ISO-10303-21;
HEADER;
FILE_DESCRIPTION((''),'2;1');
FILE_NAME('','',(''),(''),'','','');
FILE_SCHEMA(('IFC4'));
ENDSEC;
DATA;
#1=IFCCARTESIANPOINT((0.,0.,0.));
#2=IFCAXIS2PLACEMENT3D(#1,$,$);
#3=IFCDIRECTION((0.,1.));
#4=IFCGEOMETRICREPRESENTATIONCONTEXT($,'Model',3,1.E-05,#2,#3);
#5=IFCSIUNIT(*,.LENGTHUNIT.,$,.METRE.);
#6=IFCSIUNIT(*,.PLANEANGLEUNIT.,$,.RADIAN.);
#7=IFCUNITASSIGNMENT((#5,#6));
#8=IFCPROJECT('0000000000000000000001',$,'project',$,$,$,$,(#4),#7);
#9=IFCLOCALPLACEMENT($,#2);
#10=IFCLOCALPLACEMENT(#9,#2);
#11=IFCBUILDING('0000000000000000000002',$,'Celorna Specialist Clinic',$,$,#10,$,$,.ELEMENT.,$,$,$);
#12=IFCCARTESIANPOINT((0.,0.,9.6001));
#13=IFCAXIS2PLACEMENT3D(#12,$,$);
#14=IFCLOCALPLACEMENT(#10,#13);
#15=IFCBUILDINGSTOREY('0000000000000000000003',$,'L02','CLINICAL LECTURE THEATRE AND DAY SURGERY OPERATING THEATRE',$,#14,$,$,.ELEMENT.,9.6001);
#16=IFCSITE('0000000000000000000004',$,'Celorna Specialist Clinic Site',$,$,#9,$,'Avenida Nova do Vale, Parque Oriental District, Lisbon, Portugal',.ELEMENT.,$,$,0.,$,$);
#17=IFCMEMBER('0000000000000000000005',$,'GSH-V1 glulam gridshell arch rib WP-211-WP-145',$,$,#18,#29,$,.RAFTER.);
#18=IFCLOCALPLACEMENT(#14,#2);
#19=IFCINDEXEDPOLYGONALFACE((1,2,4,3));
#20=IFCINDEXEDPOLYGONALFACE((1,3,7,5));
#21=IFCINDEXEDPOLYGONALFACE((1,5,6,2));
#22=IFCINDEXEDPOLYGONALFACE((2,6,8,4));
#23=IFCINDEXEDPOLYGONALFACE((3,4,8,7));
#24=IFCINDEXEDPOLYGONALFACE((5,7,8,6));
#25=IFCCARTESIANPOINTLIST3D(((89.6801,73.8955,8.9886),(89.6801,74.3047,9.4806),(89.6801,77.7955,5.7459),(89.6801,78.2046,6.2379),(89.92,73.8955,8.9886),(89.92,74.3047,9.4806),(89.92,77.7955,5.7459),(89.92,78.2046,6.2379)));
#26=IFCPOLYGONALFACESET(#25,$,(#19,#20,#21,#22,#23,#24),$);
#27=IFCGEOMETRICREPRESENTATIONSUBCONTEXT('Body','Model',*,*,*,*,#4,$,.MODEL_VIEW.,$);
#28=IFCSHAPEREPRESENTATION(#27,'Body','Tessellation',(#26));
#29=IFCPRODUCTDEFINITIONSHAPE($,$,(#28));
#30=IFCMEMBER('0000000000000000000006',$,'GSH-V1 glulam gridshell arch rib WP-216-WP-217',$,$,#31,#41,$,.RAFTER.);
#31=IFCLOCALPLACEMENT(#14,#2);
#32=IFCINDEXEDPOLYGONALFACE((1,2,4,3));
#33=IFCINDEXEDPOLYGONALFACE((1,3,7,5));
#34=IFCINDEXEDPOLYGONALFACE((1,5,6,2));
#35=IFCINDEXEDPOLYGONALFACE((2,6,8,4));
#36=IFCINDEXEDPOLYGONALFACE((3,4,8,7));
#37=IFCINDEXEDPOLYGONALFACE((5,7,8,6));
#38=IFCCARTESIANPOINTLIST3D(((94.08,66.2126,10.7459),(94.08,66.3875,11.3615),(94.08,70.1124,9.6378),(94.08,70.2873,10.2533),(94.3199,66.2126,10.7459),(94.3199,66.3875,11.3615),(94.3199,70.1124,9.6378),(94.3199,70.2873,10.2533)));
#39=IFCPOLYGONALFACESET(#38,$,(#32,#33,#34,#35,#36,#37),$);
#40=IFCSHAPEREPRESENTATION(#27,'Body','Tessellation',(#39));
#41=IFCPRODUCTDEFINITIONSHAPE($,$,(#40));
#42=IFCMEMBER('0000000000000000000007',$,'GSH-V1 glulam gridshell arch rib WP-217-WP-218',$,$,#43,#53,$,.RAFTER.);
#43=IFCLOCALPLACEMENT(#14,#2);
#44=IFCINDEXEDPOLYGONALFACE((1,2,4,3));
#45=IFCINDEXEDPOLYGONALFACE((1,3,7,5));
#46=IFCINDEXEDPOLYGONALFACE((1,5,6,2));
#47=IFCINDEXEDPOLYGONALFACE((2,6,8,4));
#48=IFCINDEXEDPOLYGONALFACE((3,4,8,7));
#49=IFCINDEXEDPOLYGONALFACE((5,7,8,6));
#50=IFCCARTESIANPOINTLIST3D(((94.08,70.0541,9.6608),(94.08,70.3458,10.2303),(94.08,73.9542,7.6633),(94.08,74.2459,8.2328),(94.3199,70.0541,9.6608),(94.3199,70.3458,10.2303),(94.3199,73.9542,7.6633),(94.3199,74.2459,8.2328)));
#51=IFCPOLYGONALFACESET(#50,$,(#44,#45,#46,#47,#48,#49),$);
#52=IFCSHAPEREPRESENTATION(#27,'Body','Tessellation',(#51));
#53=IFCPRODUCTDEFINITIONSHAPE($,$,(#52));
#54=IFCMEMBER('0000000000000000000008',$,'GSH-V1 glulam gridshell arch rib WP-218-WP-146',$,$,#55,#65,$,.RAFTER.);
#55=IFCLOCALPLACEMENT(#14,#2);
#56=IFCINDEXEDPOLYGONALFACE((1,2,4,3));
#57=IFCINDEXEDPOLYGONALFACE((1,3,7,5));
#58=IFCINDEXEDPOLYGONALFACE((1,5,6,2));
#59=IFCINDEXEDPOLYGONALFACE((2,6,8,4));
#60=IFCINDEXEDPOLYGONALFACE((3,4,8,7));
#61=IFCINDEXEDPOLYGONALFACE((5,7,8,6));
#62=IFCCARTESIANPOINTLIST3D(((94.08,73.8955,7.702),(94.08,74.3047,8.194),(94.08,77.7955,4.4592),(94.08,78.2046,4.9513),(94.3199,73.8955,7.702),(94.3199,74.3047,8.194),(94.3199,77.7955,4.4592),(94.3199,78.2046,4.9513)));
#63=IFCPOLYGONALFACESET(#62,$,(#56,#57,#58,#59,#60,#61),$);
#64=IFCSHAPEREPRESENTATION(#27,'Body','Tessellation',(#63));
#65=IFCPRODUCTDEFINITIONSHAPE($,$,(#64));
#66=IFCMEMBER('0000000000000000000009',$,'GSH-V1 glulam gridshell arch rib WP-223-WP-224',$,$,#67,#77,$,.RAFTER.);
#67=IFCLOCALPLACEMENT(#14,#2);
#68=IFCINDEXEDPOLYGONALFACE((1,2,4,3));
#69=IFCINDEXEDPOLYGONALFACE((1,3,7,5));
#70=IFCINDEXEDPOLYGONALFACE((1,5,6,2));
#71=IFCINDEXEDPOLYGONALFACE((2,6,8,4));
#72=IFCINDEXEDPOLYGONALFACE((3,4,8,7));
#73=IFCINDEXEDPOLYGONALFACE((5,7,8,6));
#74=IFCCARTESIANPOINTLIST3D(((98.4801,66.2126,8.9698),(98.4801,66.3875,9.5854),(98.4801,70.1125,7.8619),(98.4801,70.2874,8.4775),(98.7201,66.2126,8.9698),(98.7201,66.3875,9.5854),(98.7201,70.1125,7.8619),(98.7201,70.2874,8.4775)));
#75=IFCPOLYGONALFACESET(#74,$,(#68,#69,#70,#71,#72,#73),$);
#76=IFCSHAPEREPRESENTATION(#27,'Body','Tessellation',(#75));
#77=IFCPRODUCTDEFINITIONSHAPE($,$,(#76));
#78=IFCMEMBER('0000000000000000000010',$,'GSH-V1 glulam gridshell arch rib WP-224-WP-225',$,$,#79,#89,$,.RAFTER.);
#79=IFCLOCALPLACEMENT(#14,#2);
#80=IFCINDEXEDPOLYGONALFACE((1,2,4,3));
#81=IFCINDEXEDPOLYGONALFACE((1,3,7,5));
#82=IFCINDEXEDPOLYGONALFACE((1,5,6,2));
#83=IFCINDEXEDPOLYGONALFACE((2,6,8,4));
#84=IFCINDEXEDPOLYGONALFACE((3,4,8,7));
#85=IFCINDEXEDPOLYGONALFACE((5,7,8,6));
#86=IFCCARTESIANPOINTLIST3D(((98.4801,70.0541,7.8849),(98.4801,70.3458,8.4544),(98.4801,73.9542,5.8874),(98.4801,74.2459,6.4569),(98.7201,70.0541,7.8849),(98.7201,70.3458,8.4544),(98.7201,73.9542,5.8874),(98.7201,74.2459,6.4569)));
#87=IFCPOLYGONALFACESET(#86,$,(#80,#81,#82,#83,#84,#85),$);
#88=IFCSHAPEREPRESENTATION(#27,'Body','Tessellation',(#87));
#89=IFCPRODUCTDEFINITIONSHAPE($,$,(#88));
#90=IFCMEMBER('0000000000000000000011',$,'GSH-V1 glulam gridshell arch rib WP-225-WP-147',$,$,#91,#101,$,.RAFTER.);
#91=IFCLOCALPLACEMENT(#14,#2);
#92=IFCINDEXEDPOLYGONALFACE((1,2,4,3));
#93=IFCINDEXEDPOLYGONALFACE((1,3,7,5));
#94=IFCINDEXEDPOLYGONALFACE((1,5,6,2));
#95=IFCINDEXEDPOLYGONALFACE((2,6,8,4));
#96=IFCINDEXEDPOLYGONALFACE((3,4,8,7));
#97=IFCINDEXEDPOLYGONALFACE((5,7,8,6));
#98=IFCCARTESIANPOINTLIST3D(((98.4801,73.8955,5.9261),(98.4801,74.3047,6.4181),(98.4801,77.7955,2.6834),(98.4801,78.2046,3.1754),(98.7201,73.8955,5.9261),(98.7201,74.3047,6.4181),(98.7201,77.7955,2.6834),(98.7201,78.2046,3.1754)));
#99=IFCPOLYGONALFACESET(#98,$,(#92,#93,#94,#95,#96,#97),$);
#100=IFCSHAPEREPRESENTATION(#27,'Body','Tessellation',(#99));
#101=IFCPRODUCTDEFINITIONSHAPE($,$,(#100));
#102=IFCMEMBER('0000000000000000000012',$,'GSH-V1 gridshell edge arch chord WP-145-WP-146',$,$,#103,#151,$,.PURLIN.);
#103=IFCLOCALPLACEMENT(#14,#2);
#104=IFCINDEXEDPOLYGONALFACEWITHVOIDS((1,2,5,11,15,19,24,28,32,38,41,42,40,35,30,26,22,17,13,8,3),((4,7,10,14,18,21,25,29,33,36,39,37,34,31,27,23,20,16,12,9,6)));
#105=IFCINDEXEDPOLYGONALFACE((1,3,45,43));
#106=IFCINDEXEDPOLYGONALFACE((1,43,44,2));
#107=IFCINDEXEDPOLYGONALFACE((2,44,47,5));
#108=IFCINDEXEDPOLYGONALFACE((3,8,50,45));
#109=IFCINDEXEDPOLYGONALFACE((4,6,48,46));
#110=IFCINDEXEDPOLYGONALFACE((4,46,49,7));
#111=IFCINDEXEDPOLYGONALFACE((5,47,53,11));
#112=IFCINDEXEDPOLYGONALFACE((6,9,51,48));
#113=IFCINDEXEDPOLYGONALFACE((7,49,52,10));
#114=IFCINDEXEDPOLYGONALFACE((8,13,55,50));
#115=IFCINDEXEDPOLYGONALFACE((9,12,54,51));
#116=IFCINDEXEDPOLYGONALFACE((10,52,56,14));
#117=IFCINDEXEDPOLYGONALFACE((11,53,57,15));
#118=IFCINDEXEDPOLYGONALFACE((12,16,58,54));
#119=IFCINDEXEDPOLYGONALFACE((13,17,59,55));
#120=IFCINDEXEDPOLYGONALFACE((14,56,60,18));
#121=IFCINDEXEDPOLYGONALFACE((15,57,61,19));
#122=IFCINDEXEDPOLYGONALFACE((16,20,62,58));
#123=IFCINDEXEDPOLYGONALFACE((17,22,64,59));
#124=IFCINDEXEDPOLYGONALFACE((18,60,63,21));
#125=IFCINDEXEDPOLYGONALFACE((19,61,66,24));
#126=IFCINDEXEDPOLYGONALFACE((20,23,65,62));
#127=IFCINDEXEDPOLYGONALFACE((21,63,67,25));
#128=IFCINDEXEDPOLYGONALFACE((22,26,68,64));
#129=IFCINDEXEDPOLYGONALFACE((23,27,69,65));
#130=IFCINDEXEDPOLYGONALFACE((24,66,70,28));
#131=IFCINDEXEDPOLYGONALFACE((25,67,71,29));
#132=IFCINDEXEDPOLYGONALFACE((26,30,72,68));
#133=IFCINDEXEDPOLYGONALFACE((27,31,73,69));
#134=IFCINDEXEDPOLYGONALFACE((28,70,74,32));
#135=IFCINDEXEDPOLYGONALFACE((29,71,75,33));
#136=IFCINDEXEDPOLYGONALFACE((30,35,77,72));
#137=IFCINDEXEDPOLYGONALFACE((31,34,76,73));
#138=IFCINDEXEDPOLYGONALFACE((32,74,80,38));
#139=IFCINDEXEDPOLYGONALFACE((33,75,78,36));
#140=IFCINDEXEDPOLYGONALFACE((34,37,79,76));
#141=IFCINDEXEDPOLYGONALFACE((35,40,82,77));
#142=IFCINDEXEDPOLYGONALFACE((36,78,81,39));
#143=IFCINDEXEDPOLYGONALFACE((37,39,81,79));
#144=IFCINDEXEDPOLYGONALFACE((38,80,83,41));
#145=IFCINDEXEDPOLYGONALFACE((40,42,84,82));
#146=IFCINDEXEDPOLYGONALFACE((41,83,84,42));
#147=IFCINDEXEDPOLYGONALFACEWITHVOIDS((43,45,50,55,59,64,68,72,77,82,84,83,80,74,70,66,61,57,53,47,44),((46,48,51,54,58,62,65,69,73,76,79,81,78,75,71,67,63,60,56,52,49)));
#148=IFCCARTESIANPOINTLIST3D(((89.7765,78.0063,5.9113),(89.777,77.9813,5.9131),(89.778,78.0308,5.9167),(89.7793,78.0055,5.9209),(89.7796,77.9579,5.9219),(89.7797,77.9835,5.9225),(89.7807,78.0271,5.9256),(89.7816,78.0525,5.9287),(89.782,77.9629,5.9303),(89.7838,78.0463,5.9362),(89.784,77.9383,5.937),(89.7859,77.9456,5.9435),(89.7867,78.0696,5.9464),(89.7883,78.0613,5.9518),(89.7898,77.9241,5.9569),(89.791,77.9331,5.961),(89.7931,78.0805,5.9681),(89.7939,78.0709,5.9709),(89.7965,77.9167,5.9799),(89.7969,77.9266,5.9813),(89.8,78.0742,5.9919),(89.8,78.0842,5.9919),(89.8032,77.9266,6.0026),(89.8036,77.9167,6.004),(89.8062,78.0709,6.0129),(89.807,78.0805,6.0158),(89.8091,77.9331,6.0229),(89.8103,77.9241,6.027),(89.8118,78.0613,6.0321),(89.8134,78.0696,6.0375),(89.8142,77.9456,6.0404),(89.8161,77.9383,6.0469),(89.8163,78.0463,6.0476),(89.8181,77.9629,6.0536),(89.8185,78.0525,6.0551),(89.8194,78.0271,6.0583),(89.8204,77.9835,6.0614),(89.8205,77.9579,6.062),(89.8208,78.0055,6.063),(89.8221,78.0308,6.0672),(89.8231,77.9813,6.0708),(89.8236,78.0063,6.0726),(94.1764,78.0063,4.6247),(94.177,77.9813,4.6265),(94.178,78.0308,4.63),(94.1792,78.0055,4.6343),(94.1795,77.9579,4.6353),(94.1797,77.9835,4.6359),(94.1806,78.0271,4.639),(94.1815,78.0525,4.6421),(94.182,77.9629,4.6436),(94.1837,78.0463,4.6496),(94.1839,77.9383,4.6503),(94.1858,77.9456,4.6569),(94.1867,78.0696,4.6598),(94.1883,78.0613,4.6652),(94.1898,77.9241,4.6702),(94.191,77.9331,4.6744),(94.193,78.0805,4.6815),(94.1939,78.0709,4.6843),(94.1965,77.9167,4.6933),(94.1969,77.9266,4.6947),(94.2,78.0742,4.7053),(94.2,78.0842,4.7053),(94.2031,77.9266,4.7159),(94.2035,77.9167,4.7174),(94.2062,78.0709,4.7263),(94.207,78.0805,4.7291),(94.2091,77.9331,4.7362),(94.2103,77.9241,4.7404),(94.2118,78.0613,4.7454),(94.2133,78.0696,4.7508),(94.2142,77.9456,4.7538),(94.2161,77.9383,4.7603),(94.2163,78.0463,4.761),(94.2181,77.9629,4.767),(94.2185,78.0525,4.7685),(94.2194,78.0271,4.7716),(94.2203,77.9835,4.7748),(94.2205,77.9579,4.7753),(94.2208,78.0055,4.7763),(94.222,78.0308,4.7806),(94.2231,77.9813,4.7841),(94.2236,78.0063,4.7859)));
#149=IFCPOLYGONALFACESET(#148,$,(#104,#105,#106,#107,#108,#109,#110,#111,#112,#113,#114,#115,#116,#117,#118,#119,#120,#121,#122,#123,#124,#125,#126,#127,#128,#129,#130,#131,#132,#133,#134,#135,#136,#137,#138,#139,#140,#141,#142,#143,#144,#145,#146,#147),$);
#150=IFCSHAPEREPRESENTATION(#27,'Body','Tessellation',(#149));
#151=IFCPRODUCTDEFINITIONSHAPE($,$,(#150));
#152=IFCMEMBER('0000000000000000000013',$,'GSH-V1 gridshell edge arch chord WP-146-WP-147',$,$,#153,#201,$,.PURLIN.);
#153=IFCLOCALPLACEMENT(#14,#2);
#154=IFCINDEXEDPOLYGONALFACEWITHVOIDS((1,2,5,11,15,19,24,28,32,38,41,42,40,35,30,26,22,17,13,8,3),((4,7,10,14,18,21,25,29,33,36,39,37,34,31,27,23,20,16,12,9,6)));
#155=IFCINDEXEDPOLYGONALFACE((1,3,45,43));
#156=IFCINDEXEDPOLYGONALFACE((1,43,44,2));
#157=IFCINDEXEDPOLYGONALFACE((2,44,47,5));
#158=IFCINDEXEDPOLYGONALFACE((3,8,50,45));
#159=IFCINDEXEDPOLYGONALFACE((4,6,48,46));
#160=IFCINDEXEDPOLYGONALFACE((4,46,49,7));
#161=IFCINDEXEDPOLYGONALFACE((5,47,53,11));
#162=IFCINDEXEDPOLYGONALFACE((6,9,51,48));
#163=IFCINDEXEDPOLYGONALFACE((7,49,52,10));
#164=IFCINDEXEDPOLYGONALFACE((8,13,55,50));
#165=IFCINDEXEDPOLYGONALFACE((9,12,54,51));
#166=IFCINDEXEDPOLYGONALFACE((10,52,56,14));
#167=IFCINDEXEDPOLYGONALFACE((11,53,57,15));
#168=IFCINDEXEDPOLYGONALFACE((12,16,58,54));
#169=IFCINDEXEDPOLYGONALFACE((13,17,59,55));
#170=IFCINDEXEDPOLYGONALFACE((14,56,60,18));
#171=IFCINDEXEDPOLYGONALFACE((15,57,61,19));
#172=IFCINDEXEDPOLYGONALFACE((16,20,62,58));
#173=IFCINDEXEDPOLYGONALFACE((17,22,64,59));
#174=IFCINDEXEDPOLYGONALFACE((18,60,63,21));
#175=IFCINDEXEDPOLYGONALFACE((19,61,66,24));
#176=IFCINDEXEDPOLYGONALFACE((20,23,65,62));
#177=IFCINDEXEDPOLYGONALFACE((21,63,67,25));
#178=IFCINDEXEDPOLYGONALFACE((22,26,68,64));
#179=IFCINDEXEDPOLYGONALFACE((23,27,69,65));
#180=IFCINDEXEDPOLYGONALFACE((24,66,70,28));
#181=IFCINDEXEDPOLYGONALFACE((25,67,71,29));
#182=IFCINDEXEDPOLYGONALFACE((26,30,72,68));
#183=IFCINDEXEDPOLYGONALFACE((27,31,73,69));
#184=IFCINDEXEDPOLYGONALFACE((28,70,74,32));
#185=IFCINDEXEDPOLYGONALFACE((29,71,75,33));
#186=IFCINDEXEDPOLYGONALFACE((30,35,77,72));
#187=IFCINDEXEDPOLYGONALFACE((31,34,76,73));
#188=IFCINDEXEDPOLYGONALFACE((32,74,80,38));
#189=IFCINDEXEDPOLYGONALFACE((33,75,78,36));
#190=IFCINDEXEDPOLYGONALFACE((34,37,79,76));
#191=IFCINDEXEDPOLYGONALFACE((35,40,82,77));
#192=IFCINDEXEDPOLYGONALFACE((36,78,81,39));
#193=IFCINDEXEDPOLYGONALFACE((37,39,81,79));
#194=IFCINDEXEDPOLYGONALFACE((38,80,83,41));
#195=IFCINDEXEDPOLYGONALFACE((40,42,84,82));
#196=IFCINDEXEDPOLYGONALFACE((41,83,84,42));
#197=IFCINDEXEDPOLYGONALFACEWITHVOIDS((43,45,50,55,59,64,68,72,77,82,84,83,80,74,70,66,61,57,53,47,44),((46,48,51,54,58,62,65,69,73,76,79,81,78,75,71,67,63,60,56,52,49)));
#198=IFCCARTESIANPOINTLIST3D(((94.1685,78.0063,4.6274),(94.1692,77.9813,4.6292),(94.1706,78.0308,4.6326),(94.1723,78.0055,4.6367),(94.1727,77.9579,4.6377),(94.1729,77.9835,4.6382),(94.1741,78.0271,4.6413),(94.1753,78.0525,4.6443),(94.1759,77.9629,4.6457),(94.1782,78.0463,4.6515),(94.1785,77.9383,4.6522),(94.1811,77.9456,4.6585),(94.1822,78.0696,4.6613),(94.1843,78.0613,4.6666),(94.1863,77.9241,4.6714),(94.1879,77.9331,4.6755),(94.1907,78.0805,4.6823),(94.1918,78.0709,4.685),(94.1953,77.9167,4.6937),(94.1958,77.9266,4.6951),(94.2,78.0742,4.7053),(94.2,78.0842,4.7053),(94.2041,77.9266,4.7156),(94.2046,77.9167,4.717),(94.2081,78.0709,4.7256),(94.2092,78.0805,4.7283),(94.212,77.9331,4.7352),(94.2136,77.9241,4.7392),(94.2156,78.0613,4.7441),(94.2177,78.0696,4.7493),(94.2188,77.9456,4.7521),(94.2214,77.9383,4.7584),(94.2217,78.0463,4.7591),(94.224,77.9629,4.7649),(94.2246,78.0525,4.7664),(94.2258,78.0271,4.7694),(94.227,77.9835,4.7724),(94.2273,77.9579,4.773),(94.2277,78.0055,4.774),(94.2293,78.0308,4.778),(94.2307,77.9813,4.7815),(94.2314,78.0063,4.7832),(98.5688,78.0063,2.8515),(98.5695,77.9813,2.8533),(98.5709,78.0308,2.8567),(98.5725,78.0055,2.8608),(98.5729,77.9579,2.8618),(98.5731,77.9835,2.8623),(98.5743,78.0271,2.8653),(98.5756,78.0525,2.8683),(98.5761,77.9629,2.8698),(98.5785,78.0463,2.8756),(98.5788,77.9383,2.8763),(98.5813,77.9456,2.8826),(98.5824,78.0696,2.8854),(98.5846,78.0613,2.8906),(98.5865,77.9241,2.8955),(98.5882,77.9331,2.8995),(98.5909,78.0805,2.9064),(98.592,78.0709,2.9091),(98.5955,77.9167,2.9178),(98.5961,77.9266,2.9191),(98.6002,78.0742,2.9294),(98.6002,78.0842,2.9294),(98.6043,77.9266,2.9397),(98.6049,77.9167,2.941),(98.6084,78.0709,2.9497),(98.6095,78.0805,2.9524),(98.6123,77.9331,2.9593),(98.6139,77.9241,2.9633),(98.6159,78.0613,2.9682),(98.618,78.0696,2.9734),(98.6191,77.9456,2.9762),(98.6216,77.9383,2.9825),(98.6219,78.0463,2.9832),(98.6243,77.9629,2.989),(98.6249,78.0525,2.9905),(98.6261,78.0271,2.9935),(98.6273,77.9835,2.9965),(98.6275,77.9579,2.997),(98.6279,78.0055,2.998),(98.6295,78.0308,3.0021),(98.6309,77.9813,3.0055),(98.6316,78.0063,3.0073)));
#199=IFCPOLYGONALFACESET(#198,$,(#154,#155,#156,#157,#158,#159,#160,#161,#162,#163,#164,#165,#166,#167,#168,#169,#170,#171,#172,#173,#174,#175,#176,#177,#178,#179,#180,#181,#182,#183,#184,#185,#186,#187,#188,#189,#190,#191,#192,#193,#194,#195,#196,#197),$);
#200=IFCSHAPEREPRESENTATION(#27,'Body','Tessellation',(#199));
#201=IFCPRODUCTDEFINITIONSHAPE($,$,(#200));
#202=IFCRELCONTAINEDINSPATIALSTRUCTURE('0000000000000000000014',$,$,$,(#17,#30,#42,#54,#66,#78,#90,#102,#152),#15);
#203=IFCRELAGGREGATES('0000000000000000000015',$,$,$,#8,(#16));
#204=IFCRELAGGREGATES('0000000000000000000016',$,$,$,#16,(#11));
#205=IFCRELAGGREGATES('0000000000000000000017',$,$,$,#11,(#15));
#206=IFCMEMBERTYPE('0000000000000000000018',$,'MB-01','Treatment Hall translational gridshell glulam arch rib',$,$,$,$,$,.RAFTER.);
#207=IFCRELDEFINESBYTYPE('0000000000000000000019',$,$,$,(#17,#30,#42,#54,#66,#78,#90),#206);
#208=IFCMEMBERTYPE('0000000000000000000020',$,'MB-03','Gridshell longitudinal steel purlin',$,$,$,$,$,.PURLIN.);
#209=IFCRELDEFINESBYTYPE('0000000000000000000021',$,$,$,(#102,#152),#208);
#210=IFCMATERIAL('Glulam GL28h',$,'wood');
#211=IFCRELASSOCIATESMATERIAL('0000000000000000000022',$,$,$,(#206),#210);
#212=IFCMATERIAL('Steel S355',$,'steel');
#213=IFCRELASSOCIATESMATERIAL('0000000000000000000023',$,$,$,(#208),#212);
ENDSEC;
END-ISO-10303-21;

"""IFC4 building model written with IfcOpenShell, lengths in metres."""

from ifc_helpers import new_model, si_unit, direction, frame, origin, origin_2d, place, context, subcontext, project, spatial, rectangle, hollow_circle, extrude, material, material_profile, profile_set, type_object, element, save


model = new_model("IFC4")

# Units and contexts
model_context = context("Model", 3, precision=1e-05, world=origin(), true_north=direction((0.0, 1.0)))
body_context = subcontext(model_context, "Body", "Model", "MODEL_VIEW")
ifc_project = project(units=[si_unit("LENGTHUNIT", "METRE"), si_unit("PLANEANGLEUNIT", "RADIAN")], contexts=[model_context])

# Site, building, storey
site_placement = place(None, origin())
site = spatial("IfcSite", under=ifc_project, at=site_placement, Name="Celorna Specialist Clinic Site", LongName="Avenida Nova do Vale, Parque Oriental District, Lisbon, Portugal", CompositionType="ELEMENT", RefElevation=0.0)
building_placement = place(site_placement, origin())
building = spatial("IfcBuilding", under=site, at=building_placement, Name="Celorna Specialist Clinic", CompositionType="ELEMENT")
storey_placement = place(building_placement, frame((0.0, 0.0, 9.6001)))
storey = spatial("IfcBuildingStorey", under=building, at=storey_placement, Name="L02", Description="CLINICAL LECTURE THEATRE AND DAY SURGERY OPERATING THEATRE", CompositionType="ELEMENT", Elevation=9.6001)

# Shared definitions
ifc_material_1 = material(Name="Steel S355", Category="steel")

# Members
ifc_material_2 = material(Name="Glulam GL28h", Category="wood")
ifc_material_profile_1 = material_profile(ifc_material_2, rectangle(XDim=0.24, YDim=0.6399, at=origin_2d()), Name="GL28h 240x640")
ifc_profile_set_1 = profile_set([ifc_material_profile_1], Name="Glulam GL28h")
member_type_1 = type_object("IfcMemberType", Name="MB-01", Description="Treatment Hall translational gridshell glulam arch rib", PredefinedType="RAFTER", material=ifc_profile_set_1)
member_1_placement = place(storey_placement, frame((89.8, 74.1001, 9.2346), z_axis=(0.0, 0.768923, -0.639341), x_axis=(-1.0, 0.0, 0.0)))
element("IfcMember", 1, at=member_1_placement, inside=storey, type_object=member_type_1, Name="GSH-V1 glulam gridshell arch rib WP-211-WP-145", PredefinedType="RAFTER", context=body_context, shape_type="SweptSolid", body=[
    extrude(rectangle(XDim=0.24, YDim=0.6399, at=origin_2d()), origin(), (0.0, 0.0, 1.0), 5.072),
])
member_2_placement = place(storey_placement, frame((94.2, 66.3, 11.0537), z_axis=(0.0, 0.961921, -0.273329), x_axis=(-1.0, 0.0, 0.0)))
element("IfcMember", 2, at=member_2_placement, inside=storey, type_object=member_type_1, Name="GSH-V1 glulam gridshell arch rib WP-216-WP-217", PredefinedType="RAFTER", context=body_context, shape_type="SweptSolid", body=[
    extrude(rectangle(XDim=0.24, YDim=0.6399, at=origin_2d()), origin(), (0.0, 0.0, 1.0), 4.0542),
])
member_3_placement = place(storey_placement, frame((94.2, 70.2, 9.9456), z_axis=(0.0, 0.890051, -0.455862), x_axis=(-1.0, 0.0, 0.0)))
element("IfcMember", 3, at=member_3_placement, inside=storey, type_object=member_type_1, Name="GSH-V1 glulam gridshell arch rib WP-217-WP-218", PredefinedType="RAFTER", context=body_context, shape_type="SweptSolid", body=[
    extrude(rectangle(XDim=0.24, YDim=0.6399, at=origin_2d()), origin(), (0.0, 0.0, 1.0), 4.3818),
])
member_4_placement = place(storey_placement, frame((94.2, 74.1001, 7.948), z_axis=(0.0, 0.768923, -0.639341), x_axis=(-1.0, 0.0, 0.0)))
element("IfcMember", 4, at=member_4_placement, inside=storey, type_object=member_type_1, Name="GSH-V1 glulam gridshell arch rib WP-218-WP-146", PredefinedType="RAFTER", context=body_context, shape_type="SweptSolid", body=[
    extrude(rectangle(XDim=0.24, YDim=0.6399, at=origin_2d()), origin(), (0.0, 0.0, 1.0), 5.072),
])
member_5_placement = place(storey_placement, frame((98.6001, 66.3, 9.2776), z_axis=(0.0, 0.961936, -0.273273), x_axis=(-1.0, 0.0, 0.0)))
element("IfcMember", 5, at=member_5_placement, inside=storey, type_object=member_type_1, Name="GSH-V1 glulam gridshell arch rib WP-223-WP-224", PredefinedType="RAFTER", context=body_context, shape_type="SweptSolid", body=[
    extrude(rectangle(XDim=0.24, YDim=0.6399, at=origin_2d()), origin(), (0.0, 0.0, 1.0), 4.0542),
])
member_6_placement = place(storey_placement, frame((98.6001, 70.2, 8.1697), z_axis=(0.0, 0.890051, -0.455862), x_axis=(-1.0, 0.0, 0.0)))
element("IfcMember", 6, at=member_6_placement, inside=storey, type_object=member_type_1, Name="GSH-V1 glulam gridshell arch rib WP-224-WP-225", PredefinedType="RAFTER", context=body_context, shape_type="SweptSolid", body=[
    extrude(rectangle(XDim=0.24, YDim=0.6399, at=origin_2d()), origin(), (0.0, 0.0, 1.0), 4.3818),
])
member_7_placement = place(storey_placement, frame((98.6001, 74.1001, 6.1721), z_axis=(0.0, 0.768923, -0.639341), x_axis=(-1.0, 0.0, 0.0)))
element("IfcMember", 7, at=member_7_placement, inside=storey, type_object=member_type_1, Name="GSH-V1 glulam gridshell arch rib WP-225-WP-147", PredefinedType="RAFTER", context=body_context, shape_type="SweptSolid", body=[
    extrude(rectangle(XDim=0.24, YDim=0.6399, at=origin_2d()), origin(), (0.0, 0.0, 1.0), 5.072),
])
ifc_material_profile_2 = material_profile(ifc_material_1, hollow_circle(Radius=0.0842, WallThickness=0.01, at=origin_2d()), Name="CHS 168.3x10")
ifc_profile_set_2 = profile_set([ifc_material_profile_2], Name="Steel S355")
member_type_2 = type_object("IfcMemberType", Name="MB-03", Description="Gridshell longitudinal steel purlin", PredefinedType="PURLIN", material=ifc_profile_set_2)
member_8_placement = place(storey_placement, frame((89.8, 78.0, 5.9919), z_axis=(0.959805, 0.0, -0.280667), x_axis=(0.0, 1.0, 0.0)))
element("IfcMember", 8, at=member_8_placement, inside=storey, type_object=member_type_2, Name="GSH-V1 gridshell edge arch chord WP-145-WP-146", PredefinedType="PURLIN", context=body_context, shape_type="SweptSolid", body=[
    extrude(hollow_circle(Radius=0.0842, WallThickness=0.01, at=origin_2d()), origin(), (0.0, 0.0, 1.0), 4.5842),
])
member_9_placement = place(storey_placement, frame((94.2, 78.0, 4.7053), z_axis=(0.927323, 0.0, -0.374263), x_axis=(0.0, 1.0, 0.0)))
element("IfcMember", 9, at=member_9_placement, inside=storey, type_object=member_type_2, Name="GSH-V1 gridshell edge arch chord WP-146-WP-147", PredefinedType="PURLIN", context=body_context, shape_type="SweptSolid", body=[
    extrude(hollow_circle(Radius=0.0842, WallThickness=0.01, at=origin_2d()), origin(), (0.0, 0.0, 1.0), 4.7451),
])

save(model, "model.ifc")
